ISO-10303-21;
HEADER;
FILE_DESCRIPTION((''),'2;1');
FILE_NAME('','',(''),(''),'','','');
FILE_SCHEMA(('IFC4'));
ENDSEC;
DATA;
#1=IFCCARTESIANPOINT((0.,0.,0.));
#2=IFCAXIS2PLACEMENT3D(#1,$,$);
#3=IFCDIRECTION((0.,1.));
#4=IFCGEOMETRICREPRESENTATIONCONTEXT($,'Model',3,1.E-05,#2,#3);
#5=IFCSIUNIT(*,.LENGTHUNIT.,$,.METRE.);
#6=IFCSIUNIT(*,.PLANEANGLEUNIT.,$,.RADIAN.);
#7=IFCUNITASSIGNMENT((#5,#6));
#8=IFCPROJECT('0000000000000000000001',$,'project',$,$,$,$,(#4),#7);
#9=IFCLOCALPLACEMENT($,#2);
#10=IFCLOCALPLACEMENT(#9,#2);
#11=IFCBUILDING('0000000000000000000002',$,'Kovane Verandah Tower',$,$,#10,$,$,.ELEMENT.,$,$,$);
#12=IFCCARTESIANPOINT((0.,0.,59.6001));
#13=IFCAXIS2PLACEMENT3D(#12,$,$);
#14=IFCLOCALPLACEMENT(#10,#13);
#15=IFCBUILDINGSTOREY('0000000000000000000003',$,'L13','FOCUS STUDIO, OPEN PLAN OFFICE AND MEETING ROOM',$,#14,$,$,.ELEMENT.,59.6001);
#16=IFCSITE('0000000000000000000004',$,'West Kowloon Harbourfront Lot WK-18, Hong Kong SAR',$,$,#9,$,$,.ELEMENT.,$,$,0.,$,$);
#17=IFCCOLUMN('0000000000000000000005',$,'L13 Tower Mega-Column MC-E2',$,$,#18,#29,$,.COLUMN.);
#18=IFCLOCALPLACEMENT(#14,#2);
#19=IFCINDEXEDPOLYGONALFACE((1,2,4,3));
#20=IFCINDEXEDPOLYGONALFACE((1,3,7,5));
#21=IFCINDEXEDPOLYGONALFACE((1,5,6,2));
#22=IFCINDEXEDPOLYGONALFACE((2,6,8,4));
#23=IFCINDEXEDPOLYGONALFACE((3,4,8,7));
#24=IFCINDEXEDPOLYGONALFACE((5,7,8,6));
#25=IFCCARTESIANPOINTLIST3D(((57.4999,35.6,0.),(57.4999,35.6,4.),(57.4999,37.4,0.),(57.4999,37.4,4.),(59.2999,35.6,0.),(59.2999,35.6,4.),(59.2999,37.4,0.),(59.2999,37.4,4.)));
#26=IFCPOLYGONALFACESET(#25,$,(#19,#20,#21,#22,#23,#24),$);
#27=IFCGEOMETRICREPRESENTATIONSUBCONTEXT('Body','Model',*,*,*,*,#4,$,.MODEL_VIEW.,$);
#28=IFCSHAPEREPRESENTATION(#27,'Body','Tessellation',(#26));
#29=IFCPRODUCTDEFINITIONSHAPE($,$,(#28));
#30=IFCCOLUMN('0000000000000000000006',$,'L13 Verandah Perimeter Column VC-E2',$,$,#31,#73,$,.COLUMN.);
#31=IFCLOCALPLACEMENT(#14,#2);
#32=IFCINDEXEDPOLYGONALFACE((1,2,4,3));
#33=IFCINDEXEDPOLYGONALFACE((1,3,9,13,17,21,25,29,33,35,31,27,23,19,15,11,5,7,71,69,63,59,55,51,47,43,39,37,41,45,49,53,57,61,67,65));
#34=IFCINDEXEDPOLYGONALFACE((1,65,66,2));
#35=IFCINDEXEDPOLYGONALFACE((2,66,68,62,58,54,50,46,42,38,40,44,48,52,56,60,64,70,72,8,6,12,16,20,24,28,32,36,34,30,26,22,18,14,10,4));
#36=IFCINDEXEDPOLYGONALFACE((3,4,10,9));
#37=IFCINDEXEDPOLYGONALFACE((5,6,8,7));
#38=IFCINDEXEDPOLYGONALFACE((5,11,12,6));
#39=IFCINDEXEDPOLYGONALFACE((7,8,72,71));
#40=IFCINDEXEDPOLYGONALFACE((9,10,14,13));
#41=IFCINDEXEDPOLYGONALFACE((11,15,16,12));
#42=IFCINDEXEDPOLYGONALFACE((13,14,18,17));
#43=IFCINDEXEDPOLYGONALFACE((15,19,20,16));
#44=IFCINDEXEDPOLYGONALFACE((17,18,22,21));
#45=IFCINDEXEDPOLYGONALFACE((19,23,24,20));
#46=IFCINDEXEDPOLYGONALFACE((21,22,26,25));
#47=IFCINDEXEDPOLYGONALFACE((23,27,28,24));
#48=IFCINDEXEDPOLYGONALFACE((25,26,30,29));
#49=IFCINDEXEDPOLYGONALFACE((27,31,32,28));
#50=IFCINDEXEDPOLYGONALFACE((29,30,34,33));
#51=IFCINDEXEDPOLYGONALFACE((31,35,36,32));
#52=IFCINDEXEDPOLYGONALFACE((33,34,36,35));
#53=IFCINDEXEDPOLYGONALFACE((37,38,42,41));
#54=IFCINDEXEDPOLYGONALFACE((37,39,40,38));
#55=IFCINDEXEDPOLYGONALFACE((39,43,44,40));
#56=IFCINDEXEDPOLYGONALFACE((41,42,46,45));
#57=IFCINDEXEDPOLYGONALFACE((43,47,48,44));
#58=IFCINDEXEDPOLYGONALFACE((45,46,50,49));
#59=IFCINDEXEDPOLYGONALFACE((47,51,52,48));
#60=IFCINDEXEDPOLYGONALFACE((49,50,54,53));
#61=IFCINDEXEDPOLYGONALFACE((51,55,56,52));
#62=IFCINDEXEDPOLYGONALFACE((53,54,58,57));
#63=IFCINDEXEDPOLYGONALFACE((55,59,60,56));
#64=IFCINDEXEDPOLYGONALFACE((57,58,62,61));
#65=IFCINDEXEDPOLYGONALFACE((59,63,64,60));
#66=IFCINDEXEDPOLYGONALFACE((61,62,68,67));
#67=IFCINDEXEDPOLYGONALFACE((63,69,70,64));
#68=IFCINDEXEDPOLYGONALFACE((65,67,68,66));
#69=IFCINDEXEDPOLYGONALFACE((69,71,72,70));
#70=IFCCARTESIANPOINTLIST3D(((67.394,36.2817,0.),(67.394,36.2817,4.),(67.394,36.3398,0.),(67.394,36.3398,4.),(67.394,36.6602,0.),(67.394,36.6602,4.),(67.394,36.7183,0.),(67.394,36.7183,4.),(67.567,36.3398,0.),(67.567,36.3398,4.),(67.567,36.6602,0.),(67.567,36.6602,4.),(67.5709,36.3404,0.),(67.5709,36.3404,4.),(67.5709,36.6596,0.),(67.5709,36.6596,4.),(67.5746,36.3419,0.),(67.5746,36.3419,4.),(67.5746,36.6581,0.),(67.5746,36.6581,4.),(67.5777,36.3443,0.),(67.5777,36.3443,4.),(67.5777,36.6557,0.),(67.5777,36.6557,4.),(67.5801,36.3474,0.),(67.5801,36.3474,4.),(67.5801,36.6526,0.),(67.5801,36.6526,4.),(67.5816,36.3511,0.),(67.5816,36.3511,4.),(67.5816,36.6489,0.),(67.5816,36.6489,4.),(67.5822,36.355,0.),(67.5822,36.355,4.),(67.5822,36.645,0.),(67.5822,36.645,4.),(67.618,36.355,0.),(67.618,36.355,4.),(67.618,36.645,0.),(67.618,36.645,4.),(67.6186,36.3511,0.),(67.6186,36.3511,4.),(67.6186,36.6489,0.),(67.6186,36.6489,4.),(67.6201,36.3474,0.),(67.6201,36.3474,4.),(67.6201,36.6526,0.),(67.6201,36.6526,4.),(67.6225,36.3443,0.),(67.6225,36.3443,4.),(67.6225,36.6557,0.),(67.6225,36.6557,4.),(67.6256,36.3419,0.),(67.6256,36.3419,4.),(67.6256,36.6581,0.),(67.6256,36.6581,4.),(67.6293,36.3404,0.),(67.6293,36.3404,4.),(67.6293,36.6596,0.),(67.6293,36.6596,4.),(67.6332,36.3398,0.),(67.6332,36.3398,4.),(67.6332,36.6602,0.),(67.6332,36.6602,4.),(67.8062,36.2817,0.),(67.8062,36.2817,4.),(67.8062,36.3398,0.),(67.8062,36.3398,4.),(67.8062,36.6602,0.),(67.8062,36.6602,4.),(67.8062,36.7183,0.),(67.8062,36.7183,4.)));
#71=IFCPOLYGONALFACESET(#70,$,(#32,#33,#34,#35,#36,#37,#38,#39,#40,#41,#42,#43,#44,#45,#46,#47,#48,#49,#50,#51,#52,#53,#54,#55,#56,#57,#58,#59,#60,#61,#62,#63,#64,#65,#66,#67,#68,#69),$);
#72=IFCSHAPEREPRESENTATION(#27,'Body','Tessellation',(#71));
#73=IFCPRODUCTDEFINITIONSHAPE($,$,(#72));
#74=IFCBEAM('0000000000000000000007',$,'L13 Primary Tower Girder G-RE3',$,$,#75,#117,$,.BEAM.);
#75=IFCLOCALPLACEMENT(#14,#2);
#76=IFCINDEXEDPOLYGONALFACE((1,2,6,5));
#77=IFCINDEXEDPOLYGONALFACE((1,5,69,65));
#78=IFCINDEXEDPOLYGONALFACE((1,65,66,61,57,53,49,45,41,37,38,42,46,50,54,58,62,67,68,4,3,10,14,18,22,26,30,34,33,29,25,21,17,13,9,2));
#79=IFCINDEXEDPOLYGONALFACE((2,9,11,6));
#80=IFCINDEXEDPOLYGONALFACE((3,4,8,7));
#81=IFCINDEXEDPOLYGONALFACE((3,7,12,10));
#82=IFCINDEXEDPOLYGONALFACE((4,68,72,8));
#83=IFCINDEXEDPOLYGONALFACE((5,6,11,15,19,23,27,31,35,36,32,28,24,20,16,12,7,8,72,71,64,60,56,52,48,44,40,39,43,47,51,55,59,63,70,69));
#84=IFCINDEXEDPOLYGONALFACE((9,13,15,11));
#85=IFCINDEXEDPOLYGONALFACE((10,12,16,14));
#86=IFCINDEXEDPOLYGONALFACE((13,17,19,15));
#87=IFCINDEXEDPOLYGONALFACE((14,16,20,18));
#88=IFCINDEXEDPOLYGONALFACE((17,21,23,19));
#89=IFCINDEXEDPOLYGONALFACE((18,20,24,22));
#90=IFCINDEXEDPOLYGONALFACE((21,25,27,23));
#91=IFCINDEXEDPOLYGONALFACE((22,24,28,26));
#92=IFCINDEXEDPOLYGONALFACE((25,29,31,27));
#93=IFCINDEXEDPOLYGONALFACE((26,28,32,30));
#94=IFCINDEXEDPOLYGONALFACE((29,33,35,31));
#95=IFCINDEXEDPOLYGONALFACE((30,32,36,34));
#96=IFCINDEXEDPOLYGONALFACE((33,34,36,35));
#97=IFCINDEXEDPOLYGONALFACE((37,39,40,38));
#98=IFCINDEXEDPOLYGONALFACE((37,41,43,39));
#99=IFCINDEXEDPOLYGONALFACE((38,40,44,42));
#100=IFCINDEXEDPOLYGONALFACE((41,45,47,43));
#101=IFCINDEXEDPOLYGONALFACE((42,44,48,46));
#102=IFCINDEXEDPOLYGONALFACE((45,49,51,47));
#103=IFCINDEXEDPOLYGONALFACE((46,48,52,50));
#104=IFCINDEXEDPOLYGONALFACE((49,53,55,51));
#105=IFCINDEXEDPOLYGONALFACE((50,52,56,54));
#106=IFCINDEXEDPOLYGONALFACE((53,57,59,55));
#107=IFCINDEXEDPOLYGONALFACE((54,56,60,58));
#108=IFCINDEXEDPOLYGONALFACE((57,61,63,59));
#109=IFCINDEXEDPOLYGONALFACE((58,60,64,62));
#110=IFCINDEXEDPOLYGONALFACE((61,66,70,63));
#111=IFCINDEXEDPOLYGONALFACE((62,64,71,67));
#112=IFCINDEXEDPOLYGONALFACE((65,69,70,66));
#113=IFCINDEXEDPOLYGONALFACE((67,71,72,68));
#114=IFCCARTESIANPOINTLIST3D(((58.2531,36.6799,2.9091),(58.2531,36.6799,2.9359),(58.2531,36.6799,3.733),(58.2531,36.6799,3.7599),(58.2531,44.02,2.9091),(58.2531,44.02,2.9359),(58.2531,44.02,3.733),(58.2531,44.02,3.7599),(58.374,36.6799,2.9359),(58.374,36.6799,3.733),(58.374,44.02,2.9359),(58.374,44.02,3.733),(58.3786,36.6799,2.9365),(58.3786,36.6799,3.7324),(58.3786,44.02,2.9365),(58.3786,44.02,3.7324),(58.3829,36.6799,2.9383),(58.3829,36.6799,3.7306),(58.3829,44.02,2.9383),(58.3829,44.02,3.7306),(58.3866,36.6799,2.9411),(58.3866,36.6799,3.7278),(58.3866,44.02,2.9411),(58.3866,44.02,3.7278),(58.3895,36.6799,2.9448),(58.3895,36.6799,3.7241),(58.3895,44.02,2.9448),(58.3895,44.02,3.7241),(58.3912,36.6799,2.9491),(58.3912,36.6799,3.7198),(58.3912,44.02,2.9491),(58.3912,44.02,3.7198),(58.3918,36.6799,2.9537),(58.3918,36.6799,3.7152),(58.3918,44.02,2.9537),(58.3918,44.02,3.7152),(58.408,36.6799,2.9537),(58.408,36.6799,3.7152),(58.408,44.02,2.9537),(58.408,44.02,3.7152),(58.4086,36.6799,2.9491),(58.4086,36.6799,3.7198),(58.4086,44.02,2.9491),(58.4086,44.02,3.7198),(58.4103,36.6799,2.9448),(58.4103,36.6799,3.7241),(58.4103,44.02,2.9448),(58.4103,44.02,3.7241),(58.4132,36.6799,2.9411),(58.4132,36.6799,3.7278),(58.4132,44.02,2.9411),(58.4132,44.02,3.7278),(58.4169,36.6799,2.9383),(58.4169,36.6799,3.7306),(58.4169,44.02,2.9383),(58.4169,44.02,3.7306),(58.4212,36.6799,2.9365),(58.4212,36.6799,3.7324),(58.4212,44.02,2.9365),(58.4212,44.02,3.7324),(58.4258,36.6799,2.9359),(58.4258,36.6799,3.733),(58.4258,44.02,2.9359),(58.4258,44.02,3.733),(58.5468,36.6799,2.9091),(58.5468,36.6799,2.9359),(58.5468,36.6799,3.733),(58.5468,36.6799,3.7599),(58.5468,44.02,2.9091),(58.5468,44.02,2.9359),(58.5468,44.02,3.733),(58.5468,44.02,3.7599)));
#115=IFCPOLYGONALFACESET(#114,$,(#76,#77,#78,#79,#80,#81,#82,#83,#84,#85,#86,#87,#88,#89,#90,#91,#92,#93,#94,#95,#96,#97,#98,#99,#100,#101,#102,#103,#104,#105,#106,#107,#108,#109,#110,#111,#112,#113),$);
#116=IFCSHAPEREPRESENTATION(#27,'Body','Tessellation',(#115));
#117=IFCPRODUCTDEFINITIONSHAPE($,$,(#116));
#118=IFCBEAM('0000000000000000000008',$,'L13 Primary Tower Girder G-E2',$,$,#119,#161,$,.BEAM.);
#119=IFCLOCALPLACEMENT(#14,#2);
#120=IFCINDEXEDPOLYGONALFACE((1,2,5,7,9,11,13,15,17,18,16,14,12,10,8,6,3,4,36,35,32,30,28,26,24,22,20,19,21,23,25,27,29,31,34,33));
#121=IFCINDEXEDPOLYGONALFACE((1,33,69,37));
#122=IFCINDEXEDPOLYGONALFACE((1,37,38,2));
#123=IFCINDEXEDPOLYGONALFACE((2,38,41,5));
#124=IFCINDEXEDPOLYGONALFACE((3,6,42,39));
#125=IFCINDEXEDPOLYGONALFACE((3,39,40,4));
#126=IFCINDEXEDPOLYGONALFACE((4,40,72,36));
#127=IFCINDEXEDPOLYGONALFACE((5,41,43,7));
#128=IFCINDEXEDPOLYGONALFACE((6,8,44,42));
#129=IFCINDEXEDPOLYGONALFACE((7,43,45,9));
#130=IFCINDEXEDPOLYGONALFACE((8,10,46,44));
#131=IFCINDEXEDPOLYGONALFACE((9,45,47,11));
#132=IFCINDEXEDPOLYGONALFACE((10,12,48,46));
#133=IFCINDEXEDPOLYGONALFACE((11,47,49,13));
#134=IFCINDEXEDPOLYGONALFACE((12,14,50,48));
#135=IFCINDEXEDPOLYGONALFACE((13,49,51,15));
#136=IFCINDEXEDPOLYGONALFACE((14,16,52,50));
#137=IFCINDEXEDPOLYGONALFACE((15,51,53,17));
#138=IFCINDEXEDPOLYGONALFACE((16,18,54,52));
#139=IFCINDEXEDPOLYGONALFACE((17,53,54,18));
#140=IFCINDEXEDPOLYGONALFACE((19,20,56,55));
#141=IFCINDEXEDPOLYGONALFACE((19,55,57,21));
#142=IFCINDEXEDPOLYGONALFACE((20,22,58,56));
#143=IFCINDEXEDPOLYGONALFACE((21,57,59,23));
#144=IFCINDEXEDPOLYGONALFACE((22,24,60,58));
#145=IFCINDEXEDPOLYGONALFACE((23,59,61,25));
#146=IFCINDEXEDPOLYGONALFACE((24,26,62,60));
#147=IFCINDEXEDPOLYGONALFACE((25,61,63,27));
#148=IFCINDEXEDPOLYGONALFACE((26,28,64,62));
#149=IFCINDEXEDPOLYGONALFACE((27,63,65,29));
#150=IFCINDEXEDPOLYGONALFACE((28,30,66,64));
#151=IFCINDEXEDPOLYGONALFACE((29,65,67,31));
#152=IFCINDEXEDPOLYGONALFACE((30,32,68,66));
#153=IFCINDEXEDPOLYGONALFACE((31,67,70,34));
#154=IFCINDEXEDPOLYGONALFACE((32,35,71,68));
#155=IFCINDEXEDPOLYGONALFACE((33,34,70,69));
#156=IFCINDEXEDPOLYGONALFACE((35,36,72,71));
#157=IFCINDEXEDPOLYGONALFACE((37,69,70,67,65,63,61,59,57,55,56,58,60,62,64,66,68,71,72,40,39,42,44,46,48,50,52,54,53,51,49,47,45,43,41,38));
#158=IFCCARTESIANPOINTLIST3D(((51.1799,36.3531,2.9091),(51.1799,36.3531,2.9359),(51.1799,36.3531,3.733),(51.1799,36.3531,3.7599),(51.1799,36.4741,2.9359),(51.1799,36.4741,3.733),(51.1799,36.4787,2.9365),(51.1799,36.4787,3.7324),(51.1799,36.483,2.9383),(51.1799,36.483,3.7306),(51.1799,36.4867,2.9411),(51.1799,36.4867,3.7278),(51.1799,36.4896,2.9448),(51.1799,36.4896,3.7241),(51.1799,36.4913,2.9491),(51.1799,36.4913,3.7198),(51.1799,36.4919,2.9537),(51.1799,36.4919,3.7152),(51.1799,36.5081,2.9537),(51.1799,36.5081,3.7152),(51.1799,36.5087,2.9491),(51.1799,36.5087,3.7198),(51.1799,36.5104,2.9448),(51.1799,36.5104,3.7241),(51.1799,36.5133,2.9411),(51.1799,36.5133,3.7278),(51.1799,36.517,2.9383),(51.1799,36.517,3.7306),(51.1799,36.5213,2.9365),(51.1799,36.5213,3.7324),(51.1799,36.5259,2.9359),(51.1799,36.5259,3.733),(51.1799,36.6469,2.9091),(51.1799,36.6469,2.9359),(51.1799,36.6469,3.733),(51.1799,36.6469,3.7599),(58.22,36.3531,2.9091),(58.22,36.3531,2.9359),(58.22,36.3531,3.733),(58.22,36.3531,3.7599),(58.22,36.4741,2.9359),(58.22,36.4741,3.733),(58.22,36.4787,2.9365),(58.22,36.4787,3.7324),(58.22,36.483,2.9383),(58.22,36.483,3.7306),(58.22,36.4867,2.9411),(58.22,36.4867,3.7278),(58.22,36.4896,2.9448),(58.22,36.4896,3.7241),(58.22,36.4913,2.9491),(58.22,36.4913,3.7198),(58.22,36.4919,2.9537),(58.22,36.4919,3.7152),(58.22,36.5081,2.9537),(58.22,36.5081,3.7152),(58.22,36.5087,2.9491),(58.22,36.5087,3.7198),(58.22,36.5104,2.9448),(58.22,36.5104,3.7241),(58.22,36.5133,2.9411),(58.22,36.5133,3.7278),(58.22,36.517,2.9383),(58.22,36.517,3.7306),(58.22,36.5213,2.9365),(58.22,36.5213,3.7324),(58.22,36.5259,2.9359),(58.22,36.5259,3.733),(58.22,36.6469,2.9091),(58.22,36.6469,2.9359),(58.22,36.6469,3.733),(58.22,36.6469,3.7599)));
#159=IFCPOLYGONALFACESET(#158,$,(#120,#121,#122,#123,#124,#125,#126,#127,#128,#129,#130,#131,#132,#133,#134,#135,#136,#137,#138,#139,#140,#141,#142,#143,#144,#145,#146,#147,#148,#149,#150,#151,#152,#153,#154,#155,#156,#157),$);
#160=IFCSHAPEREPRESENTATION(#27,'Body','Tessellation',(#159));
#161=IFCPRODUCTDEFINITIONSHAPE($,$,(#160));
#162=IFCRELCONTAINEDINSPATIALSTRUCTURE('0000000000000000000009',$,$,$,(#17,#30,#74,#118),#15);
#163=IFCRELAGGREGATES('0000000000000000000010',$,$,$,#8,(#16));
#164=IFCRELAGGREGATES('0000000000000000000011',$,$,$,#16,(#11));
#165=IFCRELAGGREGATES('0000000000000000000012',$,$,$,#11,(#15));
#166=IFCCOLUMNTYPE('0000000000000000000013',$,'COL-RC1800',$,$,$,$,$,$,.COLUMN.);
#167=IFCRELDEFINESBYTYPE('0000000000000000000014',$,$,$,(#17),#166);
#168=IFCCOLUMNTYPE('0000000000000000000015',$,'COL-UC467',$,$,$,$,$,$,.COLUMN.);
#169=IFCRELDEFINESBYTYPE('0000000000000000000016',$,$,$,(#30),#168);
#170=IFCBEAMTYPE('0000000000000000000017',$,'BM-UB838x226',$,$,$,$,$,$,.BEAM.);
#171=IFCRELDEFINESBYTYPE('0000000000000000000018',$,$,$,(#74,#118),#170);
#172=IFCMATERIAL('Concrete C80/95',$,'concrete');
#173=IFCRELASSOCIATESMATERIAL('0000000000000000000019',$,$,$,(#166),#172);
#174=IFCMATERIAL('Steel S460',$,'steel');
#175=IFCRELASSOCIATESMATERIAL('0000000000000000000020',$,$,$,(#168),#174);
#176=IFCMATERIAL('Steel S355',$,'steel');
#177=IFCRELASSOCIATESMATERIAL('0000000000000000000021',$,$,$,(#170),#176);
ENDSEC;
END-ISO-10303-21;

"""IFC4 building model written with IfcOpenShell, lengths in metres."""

from ifc_helpers import new_model, si_unit, direction, frame, origin, origin_2d, place, context, subcontext, project, spatial, rectangle, i_section, extrude, material, material_profile, profile_set, type_object, element, save


model = new_model("IFC4")

# Units and contexts
model_context = context("Model", 3, precision=1e-05, world=origin(), true_north=direction((0.0, 1.0)))
body_context = subcontext(model_context, "Body", "Model", "MODEL_VIEW")
ifc_project = project(units=[si_unit("LENGTHUNIT", "METRE"), si_unit("PLANEANGLEUNIT", "RADIAN")], contexts=[model_context])

# Site, building, storey
site_placement = place(None, origin())
site = spatial("IfcSite", under=ifc_project, at=site_placement, Name="West Kowloon Harbourfront Lot WK-18, Hong Kong SAR", CompositionType="ELEMENT", RefElevation=0.0)
building_placement = place(site_placement, origin())
building = spatial("IfcBuilding", under=site, at=building_placement, Name="Kovane Verandah Tower", CompositionType="ELEMENT")
storey_placement = place(building_placement, frame((0.0, 0.0, 59.6001)))
storey = spatial("IfcBuildingStorey", under=building, at=storey_placement, Name="L13", Description="FOCUS STUDIO, OPEN PLAN OFFICE AND MEETING ROOM", CompositionType="ELEMENT", Elevation=59.6001)

# Columns
ifc_material_1 = material(Name="Concrete C80/95", Category="concrete")
ifc_material_profile_1 = material_profile(ifc_material_1, rectangle(XDim=1.8, YDim=1.8, at=origin_2d()), Name="RC1800x1800")
ifc_profile_set_1 = profile_set([ifc_material_profile_1], Name="Concrete C80/95")
column_type_1 = type_object("IfcColumnType", Name="COL-RC1800", PredefinedType="COLUMN", material=ifc_profile_set_1)
column_1_placement = place(storey_placement, frame((58.3999, 36.5, 0.0), z_axis=(0.0, 0.0, 1.0), x_axis=(1.0, 0.0, 0.0)))
element("IfcColumn", 1, at=column_1_placement, inside=storey, type_object=column_type_1, Name="L13 Tower Mega-Column MC-E2", PredefinedType="COLUMN", context=body_context, shape_type="SweptSolid", body=[
    extrude(rectangle(XDim=1.8, YDim=1.8, at=origin_2d()), origin(), (0.0, 0.0, 1.0), 4.0),
])
ifc_material_2 = material(Name="Steel S460", Category="steel")
ifc_material_profile_2 = material_profile(ifc_material_2, i_section(OverallWidth=0.4121, OverallDepth=0.4365, WebThickness=0.0359, FlangeThickness=0.0581, FilletRadius=0.0151, at=origin_2d()), Name="UC356x406x467")
ifc_profile_set_2 = profile_set([ifc_material_profile_2], Name="Steel S460")
column_type_2 = type_object("IfcColumnType", Name="COL-UC467", PredefinedType="COLUMN", material=ifc_profile_set_2)
column_2_placement = place(storey_placement, frame((67.6001, 36.5, 0.0), z_axis=(0.0, 0.0, 1.0), x_axis=(1.0, 0.0, 0.0)))
element("IfcColumn", 2, at=column_2_placement, inside=storey, type_object=column_type_2, Name="L13 Verandah Perimeter Column VC-E2", PredefinedType="COLUMN", context=body_context, shape_type="SweptSolid", body=[
    extrude(i_section(OverallWidth=0.4121, OverallDepth=0.4365, WebThickness=0.0359, FlangeThickness=0.0581, FilletRadius=0.0151, at=origin_2d()), origin(), (0.0, 0.0, 1.0), 4.0),
])

# Beams
ifc_material_3 = material(Name="Steel S355", Category="steel")
ifc_material_profile_3 = material_profile(ifc_material_3, i_section(OverallWidth=0.2937, OverallDepth=0.8508, WebThickness=0.0161, FlangeThickness=0.0269, FilletRadius=0.0178, at=origin_2d()), Name="UB838x292x226")
ifc_profile_set_3 = profile_set([ifc_material_profile_3], Name="Steel S355")
beam_type_1 = type_object("IfcBeamType", Name="BM-UB838x226", PredefinedType="BEAM", material=ifc_profile_set_3)
beam_1_placement = place(storey_placement, frame((58.3999, 36.6799, 3.3345), z_axis=(0.0, 1.0, 0.0), x_axis=(-1.0, 0.0, 0.0)))
element("IfcBeam", 3, at=beam_1_placement, inside=storey, type_object=beam_type_1, Name="L13 Primary Tower Girder G-RE3", PredefinedType="BEAM", context=body_context, shape_type="SweptSolid", body=[
    extrude(i_section(OverallWidth=0.2937, OverallDepth=0.8508, WebThickness=0.0161, FlangeThickness=0.0269, FilletRadius=0.0178, at=origin_2d()), origin(), (0.0, 0.0, 1.0), 7.3401),
])
beam_2_placement = place(storey_placement, frame((51.1799, 36.5, 3.3345), z_axis=(1.0, 0.0, 0.0), x_axis=(0.0, 1.0, 0.0)))
element("IfcBeam", 4, at=beam_2_placement, inside=storey, type_object=beam_type_1, Name="L13 Primary Tower Girder G-E2", PredefinedType="BEAM", context=body_context, shape_type="SweptSolid", body=[
    extrude(i_section(OverallWidth=0.2937, OverallDepth=0.8508, WebThickness=0.0161, FlangeThickness=0.0269, FilletRadius=0.0178, at=origin_2d()), origin(), (0.0, 0.0, 1.0), 7.04),
])

save(model, "model.ifc")
